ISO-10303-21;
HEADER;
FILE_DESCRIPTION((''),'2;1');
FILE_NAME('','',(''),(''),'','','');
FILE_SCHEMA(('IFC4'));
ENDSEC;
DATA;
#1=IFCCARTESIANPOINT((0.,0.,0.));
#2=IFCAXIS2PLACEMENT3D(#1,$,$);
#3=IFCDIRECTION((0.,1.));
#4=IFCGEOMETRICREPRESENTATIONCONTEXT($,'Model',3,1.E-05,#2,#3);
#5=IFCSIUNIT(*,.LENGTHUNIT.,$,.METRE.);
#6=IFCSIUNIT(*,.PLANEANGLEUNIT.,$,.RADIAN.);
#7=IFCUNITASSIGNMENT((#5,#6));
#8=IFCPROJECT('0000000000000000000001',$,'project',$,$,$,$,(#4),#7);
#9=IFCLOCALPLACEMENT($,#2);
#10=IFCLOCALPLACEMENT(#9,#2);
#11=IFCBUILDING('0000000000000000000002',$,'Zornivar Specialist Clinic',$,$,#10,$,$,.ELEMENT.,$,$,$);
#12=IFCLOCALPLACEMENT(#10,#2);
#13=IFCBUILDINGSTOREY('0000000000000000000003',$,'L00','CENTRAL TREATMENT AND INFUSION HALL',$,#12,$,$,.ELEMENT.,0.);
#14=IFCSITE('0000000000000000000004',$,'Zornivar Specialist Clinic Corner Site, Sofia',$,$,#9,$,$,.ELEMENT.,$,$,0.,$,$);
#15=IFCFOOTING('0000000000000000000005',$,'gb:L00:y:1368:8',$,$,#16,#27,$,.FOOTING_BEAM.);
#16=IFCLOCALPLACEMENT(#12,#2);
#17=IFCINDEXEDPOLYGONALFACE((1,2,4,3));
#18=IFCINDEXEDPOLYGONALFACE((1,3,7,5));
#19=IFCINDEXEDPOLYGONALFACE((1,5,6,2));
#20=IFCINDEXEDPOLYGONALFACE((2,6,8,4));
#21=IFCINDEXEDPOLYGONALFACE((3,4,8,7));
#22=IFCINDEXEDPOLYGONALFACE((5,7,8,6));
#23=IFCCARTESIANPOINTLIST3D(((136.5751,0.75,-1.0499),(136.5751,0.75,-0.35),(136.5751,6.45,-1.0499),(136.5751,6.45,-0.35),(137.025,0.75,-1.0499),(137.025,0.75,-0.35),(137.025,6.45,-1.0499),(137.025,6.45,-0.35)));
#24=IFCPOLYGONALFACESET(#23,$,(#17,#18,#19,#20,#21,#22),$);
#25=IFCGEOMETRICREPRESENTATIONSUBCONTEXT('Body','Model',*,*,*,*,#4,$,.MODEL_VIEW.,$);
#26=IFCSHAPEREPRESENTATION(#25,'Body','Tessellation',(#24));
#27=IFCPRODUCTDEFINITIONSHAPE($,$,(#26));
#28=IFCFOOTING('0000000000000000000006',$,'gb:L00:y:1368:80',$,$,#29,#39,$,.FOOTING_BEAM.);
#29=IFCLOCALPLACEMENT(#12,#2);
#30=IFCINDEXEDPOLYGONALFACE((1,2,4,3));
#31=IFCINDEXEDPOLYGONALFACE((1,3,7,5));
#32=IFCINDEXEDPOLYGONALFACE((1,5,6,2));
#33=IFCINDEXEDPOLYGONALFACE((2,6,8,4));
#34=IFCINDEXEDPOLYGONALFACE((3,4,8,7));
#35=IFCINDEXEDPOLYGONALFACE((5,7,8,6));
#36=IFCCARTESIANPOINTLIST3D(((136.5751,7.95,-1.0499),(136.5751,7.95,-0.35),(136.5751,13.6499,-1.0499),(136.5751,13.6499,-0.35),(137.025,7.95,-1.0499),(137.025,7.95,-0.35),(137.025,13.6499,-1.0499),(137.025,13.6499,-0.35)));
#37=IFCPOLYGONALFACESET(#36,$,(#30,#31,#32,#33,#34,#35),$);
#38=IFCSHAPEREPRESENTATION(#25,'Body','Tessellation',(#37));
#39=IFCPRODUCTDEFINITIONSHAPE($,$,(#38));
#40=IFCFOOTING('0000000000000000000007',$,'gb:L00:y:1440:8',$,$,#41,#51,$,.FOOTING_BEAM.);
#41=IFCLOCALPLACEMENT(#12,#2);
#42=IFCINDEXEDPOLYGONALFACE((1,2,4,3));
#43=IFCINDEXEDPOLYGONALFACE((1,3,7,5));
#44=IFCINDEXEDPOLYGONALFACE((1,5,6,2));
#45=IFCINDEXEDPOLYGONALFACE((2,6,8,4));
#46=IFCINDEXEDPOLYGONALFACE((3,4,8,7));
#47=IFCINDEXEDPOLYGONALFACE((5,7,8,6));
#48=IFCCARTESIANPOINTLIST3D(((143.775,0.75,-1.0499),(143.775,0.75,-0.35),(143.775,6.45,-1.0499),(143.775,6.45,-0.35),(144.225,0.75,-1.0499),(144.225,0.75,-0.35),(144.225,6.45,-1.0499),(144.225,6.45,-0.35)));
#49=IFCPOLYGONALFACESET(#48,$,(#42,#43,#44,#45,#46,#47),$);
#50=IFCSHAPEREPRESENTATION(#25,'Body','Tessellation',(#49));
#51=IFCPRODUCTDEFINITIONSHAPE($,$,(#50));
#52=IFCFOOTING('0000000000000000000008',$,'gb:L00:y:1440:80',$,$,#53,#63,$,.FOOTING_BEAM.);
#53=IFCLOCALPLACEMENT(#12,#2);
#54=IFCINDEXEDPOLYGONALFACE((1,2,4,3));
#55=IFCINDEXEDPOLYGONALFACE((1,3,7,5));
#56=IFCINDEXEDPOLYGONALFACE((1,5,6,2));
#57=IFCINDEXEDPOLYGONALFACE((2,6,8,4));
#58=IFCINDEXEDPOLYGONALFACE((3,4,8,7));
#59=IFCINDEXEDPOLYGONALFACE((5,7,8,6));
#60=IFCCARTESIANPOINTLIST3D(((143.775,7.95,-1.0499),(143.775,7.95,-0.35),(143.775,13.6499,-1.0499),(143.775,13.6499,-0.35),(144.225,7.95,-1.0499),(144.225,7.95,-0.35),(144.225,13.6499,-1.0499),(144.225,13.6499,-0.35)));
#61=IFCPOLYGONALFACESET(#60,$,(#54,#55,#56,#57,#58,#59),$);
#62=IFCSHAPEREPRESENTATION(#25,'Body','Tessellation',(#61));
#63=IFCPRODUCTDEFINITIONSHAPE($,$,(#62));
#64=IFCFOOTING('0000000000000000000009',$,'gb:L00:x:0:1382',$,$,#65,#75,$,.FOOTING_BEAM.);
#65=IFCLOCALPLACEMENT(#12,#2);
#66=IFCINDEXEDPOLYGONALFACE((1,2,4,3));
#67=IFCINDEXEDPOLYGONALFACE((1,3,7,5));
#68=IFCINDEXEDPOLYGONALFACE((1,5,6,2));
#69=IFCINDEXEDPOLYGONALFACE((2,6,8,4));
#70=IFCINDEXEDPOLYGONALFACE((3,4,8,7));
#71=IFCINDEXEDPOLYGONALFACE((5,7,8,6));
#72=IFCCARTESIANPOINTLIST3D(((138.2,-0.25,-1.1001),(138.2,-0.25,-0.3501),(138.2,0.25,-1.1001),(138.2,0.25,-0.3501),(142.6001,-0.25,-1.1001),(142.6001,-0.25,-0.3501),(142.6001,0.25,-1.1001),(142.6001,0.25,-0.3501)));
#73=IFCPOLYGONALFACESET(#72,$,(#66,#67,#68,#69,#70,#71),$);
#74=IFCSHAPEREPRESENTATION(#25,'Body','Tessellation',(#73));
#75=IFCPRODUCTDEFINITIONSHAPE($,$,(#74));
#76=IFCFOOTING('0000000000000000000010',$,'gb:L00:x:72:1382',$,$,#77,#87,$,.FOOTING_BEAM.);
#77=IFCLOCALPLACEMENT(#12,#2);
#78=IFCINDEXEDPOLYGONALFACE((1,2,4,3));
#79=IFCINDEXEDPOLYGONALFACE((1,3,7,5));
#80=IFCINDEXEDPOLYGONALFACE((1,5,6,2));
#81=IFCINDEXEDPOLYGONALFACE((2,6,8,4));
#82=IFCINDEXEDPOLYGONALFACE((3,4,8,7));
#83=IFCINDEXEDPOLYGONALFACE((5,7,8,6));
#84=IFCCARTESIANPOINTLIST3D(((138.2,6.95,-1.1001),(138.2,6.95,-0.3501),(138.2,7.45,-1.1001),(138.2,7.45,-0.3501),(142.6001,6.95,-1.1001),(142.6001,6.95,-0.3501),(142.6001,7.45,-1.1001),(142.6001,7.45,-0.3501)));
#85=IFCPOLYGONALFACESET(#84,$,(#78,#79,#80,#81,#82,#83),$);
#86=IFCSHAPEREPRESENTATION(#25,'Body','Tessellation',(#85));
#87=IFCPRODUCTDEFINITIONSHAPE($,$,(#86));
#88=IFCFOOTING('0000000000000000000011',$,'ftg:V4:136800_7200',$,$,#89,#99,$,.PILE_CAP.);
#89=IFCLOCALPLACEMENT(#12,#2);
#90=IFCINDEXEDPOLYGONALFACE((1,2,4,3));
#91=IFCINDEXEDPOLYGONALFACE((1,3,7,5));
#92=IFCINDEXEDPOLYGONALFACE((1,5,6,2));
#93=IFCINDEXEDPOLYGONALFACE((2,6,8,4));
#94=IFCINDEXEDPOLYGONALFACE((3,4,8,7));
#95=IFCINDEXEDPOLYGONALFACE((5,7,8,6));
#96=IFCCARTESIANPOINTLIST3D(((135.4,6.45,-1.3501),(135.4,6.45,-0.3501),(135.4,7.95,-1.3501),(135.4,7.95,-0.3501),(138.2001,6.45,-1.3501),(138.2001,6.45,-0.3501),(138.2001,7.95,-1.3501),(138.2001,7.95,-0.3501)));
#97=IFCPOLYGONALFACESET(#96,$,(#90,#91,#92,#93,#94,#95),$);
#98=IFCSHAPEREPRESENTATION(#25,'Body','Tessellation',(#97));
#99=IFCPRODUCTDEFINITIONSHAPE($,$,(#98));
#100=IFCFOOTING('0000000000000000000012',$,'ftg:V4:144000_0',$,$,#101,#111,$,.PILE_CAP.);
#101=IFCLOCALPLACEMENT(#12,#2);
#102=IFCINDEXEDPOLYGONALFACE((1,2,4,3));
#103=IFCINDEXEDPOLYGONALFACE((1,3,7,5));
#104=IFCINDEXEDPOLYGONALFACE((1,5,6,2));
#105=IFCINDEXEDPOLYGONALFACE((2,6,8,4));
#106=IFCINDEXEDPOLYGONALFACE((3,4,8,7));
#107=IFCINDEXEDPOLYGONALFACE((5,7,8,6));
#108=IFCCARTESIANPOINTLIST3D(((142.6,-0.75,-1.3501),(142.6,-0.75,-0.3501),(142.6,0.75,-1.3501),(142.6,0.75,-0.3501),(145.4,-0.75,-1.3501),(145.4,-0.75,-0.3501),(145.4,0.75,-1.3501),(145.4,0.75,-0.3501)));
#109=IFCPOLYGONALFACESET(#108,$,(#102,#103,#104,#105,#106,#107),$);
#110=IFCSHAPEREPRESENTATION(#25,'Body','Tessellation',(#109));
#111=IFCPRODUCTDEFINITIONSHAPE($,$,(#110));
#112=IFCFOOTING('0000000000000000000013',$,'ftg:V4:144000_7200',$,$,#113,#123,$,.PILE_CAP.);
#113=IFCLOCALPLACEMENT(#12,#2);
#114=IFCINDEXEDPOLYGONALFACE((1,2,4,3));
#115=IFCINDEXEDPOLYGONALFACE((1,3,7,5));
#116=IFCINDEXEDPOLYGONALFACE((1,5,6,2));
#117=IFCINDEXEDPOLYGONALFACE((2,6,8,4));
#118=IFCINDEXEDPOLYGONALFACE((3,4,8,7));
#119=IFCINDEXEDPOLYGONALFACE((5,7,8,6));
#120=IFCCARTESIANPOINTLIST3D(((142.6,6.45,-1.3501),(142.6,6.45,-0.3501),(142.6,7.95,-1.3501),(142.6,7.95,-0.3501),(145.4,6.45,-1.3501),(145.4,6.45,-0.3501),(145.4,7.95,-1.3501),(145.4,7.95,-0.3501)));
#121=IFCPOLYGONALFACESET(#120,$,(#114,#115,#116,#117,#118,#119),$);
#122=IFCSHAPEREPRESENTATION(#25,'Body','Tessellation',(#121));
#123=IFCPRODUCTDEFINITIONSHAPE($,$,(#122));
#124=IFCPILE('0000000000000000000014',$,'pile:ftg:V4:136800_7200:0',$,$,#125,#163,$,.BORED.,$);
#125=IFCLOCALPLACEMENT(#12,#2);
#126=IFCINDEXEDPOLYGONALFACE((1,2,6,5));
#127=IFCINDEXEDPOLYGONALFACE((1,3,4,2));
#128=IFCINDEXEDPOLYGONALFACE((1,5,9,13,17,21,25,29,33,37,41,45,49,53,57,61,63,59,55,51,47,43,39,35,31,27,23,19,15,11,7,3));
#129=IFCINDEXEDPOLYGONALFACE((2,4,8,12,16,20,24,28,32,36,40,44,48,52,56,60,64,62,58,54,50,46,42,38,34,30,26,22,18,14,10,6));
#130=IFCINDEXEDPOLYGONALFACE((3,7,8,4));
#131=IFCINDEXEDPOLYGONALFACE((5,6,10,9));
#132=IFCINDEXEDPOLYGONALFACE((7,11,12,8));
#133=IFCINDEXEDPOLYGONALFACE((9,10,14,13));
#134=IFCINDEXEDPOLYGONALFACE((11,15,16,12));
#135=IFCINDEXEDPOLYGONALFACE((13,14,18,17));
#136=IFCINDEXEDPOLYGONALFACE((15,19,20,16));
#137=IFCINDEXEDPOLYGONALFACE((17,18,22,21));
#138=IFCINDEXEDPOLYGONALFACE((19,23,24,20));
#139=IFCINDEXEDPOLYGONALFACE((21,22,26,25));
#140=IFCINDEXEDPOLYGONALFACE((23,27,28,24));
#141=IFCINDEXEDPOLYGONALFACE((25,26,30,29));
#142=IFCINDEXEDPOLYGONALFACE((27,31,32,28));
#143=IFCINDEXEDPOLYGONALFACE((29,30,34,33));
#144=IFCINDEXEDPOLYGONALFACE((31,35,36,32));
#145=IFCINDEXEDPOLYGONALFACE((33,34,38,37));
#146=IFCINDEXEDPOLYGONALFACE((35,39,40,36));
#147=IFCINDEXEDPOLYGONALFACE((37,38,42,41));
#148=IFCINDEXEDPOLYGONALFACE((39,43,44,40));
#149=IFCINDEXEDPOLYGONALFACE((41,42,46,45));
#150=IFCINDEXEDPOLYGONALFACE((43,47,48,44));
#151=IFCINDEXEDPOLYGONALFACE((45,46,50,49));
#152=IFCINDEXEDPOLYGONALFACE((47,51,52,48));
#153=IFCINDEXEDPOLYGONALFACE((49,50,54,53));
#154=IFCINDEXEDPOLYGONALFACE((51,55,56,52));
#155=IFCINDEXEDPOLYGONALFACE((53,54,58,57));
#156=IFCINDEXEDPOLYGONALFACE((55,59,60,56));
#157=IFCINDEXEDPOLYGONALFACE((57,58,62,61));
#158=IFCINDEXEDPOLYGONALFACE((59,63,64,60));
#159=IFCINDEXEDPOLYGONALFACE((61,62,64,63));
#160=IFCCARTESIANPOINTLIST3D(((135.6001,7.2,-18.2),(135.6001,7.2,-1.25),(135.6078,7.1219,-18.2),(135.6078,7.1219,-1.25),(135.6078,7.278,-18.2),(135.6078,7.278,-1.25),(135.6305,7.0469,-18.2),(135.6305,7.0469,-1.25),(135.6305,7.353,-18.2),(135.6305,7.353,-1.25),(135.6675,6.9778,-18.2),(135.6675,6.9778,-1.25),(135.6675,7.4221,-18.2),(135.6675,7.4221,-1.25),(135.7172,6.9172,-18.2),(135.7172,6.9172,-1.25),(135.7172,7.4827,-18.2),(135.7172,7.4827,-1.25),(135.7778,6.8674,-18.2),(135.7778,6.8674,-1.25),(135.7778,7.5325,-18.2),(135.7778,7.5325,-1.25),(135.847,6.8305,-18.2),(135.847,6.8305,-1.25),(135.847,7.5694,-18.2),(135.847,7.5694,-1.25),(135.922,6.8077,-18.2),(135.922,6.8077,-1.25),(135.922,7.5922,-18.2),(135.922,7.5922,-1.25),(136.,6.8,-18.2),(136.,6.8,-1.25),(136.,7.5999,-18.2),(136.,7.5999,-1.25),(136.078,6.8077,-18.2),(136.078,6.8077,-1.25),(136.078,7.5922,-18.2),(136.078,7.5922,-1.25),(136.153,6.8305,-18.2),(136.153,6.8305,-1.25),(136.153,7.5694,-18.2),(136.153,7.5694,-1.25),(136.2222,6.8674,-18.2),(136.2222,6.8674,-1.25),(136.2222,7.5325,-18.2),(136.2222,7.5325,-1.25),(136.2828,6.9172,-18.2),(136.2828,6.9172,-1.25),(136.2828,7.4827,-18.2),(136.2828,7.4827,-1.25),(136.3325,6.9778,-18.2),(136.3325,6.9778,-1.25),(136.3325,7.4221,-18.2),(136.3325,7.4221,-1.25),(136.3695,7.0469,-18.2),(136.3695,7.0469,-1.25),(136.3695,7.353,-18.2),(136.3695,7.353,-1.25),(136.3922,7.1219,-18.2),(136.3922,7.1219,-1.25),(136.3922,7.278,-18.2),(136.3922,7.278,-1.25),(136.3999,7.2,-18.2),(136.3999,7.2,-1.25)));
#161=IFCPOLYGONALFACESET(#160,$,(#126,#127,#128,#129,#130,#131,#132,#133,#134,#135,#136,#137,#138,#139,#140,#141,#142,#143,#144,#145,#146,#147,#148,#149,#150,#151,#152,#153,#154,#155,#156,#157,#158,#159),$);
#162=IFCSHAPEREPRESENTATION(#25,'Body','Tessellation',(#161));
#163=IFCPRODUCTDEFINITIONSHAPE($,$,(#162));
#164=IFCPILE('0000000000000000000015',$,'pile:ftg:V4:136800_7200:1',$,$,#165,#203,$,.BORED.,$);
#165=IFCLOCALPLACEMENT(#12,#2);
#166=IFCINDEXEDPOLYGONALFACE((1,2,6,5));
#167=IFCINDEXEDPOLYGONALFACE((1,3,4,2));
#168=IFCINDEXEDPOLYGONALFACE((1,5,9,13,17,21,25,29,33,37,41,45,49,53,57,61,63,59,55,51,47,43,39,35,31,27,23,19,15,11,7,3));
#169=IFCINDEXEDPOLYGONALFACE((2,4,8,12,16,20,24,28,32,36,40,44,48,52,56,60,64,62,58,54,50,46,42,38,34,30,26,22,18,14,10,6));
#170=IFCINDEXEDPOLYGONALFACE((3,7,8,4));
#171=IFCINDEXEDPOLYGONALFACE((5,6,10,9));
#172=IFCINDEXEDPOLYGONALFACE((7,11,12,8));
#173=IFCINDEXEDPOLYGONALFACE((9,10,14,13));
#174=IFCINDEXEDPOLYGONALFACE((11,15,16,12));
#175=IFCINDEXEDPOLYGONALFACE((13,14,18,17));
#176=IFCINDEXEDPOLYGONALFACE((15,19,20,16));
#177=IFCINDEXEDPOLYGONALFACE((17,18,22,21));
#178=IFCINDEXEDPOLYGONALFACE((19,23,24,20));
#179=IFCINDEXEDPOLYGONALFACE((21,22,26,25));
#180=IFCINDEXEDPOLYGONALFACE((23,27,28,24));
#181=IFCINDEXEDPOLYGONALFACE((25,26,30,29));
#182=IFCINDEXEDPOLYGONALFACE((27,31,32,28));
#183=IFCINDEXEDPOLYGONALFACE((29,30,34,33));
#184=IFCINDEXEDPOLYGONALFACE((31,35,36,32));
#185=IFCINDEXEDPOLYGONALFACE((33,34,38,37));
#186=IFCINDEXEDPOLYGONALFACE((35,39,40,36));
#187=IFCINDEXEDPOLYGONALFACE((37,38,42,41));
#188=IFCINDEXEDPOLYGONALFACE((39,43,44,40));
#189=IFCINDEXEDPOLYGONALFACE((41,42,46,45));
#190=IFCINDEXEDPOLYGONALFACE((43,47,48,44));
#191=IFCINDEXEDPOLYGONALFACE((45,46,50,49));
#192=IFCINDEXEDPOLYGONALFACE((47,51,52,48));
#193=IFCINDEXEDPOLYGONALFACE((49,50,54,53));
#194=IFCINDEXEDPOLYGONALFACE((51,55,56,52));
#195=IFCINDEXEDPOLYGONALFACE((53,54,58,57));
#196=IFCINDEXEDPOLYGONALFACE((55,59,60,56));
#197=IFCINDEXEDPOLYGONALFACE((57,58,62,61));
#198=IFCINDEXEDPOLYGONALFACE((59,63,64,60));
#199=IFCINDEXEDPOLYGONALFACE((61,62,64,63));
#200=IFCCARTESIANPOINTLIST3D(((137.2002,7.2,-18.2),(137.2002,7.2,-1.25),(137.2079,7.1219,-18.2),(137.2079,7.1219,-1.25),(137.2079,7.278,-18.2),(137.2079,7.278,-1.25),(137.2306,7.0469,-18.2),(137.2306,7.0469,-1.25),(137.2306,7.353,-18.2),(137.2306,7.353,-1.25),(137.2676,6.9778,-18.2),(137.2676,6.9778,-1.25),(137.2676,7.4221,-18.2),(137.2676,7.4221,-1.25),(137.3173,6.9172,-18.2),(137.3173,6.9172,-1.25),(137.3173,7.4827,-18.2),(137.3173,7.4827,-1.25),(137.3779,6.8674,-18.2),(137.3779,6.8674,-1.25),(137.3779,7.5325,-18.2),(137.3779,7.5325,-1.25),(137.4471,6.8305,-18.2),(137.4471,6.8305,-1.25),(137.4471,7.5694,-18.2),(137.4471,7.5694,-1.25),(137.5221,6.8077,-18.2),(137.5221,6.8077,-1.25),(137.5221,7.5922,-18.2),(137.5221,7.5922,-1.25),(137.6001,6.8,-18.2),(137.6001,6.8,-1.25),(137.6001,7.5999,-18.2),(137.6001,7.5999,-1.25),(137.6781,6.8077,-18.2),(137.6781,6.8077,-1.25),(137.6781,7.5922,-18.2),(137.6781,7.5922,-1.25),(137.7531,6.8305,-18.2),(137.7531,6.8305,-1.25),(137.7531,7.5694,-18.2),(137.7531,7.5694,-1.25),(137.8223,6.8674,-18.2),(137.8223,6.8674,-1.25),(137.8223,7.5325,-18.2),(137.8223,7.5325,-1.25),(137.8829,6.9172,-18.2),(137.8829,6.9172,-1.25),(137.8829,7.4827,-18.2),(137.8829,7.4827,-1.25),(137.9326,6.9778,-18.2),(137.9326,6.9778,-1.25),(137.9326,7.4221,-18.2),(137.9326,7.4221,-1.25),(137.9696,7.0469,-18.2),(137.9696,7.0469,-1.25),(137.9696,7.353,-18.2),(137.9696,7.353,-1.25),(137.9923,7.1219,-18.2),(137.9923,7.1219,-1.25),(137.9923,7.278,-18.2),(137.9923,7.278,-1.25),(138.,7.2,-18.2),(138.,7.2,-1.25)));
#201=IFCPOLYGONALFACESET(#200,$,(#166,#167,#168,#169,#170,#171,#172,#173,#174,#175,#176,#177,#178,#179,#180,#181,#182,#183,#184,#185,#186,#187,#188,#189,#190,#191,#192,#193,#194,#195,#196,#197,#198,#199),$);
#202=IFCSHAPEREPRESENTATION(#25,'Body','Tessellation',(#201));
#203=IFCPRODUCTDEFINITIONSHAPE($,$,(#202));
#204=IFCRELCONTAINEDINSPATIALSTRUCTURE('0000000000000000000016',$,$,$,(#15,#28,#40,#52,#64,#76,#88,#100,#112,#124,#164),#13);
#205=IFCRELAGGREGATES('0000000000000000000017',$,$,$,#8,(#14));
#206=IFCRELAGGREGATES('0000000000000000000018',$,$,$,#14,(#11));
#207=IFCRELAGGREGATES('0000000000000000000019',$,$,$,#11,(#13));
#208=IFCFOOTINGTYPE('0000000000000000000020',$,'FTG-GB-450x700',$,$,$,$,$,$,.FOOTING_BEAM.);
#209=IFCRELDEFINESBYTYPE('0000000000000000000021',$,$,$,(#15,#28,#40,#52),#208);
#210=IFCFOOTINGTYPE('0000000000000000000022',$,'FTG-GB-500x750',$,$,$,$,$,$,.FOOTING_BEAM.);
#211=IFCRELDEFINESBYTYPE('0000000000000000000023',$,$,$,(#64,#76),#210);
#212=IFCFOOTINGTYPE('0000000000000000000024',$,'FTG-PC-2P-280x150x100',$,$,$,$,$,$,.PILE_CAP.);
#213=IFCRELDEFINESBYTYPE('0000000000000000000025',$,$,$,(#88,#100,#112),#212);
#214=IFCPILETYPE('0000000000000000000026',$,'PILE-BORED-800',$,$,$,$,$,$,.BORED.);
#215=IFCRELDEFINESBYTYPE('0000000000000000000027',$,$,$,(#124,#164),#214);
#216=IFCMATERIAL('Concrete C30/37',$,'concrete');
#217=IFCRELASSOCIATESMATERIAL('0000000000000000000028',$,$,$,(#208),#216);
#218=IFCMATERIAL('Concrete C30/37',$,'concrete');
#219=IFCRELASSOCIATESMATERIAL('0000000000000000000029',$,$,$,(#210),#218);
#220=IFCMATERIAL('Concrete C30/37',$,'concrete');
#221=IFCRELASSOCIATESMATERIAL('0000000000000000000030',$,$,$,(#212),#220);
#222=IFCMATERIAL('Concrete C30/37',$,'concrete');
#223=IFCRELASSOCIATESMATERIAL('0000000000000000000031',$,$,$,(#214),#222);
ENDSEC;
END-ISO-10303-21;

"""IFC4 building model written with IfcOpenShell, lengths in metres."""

from ifc_helpers import new_model, si_unit, direction, frame, origin, origin_2d, place, context, subcontext, project, spatial, rectangle, circle, extrude, material, material_profile, profile_set, type_object, element, save


model = new_model("IFC4")

# Units and contexts
model_context = context("Model", 3, precision=1e-05, world=origin(), true_north=direction((0.0, 1.0)))
body_context = subcontext(model_context, "Body", "Model", "MODEL_VIEW")
ifc_project = project(units=[si_unit("LENGTHUNIT", "METRE"), si_unit("PLANEANGLEUNIT", "RADIAN")], contexts=[model_context])

# Site, building, storey
site_placement = place(None, origin())
site = spatial("IfcSite", under=ifc_project, at=site_placement, Name="Zornivar Specialist Clinic Corner Site, Sofia", CompositionType="ELEMENT", RefElevation=0.0)
building_placement = place(site_placement, origin())
building = spatial("IfcBuilding", under=site, at=building_placement, Name="Zornivar Specialist Clinic", CompositionType="ELEMENT")
storey_placement = place(building_placement, origin())
storey = spatial("IfcBuildingStorey", under=building, at=storey_placement, Name="L00", Description="CENTRAL TREATMENT AND INFUSION HALL", CompositionType="ELEMENT", Elevation=0.0)

# Footings
ifc_material_1 = material(Name="Concrete C30/37", Category="concrete")
ifc_material_profile_1 = material_profile(ifc_material_1, rectangle(XDim=0.45, YDim=0.7, at=origin_2d()), Name="RC 450x700")
ifc_profile_set_1 = profile_set([ifc_material_profile_1], Name="Concrete C30/37")
footing_type_1 = type_object("IfcFootingType", Name="FTG-GB-450x700", PredefinedType="FOOTING_BEAM", material=ifc_profile_set_1)
for number, where, z_axis, x_axis, name in (
    (1, (136.8, 0.75, -0.7), (0.0, 1.0, 0.0), (-1.0, 0.0, 0.0), "gb:L00:y:1368:8"),
    (2, (136.8, 7.95, -0.7), (0.0, 1.0, 0.0), (-1.0, 0.0, 0.0), "gb:L00:y:1368:80"),
    (3, (144.0, 0.75, -0.7), (0.0, 1.0, 0.0), (-1.0, 0.0, 0.0), "gb:L00:y:1440:8"),
    (4, (144.0, 7.95, -0.7), (0.0, 1.0, 0.0), (-1.0, 0.0, 0.0), "gb:L00:y:1440:80"),
):
    element("IfcFooting", number, at=place(storey_placement, frame(where, z_axis=z_axis, x_axis=x_axis)), inside=storey, type_object=footing_type_1, Name=name, PredefinedType="FOOTING_BEAM", context=body_context, shape_type="SweptSolid", body=[
        extrude(rectangle(XDim=0.45, YDim=0.7, at=origin_2d()), origin(), (0.0, 0.0, 1.0), 5.7),
    ])
ifc_material_2 = material(Name="Concrete C30/37", Category="concrete")
ifc_material_profile_2 = material_profile(ifc_material_2, rectangle(XDim=0.5, YDim=0.75, at=origin_2d()), Name="RC 500x750")
ifc_profile_set_2 = profile_set([ifc_material_profile_2], Name="Concrete C30/37")
footing_type_2 = type_object("IfcFootingType", Name="FTG-GB-500x750", PredefinedType="FOOTING_BEAM", material=ifc_profile_set_2)
for number, where, z_axis, x_axis, name in (
    (5, (138.2, 0.0, -0.7251), (1.0, 0.0, 0.0), (0.0, 1.0, 0.0), "gb:L00:x:0:1382"),
    (6, (138.2, 7.2, -0.7251), (1.0, 0.0, 0.0), (0.0, 1.0, 0.0), "gb:L00:x:72:1382"),
):
    element("IfcFooting", number, at=place(storey_placement, frame(where, z_axis=z_axis, x_axis=x_axis)), inside=storey, type_object=footing_type_2, Name=name, PredefinedType="FOOTING_BEAM", context=body_context, shape_type="SweptSolid", body=[
        extrude(rectangle(XDim=0.5, YDim=0.75, at=origin_2d()), origin(), (0.0, 0.0, 1.0), 4.4001),
    ])
ifc_material_3 = material(Name="Concrete C30/37", Category="concrete")
footing_type_3 = type_object("IfcFootingType", Name="FTG-PC-2P-280x150x100", PredefinedType="PILE_CAP", material=ifc_material_3)
for number, where, z_axis, x_axis, name in (
    (7, (136.8, 7.2, -1.3501), (0.0, 0.0, 1.0), (1.0, 0.0, 0.0), "ftg:V4:136800_7200"),
    (8, (144.0, 0.0, -1.3501), (0.0, 0.0, 1.0), (1.0, 0.0, 0.0), "ftg:V4:144000_0"),
    (9, (144.0, 7.2, -1.3501), (0.0, 0.0, 1.0), (1.0, 0.0, 0.0), "ftg:V4:144000_7200"),
):
    element("IfcFooting", number, at=place(storey_placement, frame(where, z_axis=z_axis, x_axis=x_axis)), inside=storey, type_object=footing_type_3, Name=name, PredefinedType="PILE_CAP", context=body_context, shape_type="SweptSolid", body=[
        extrude(rectangle(XDim=2.8, YDim=1.5, at=origin_2d()), origin(), (0.0, 0.0, 1.0), 1.0),
    ])

# Piles
ifc_material_4 = material(Name="Concrete C30/37", Category="concrete")
ifc_material_profile_3 = material_profile(ifc_material_4, circle(Radius=0.3999, at=origin_2d()), Name="PILE D800")
ifc_profile_set_3 = profile_set([ifc_material_profile_3], Name="Concrete C30/37")
pile_type = type_object("IfcPileType", Name="PILE-BORED-800", PredefinedType="BORED", material=ifc_profile_set_3)
for number, where, z_axis, x_axis, name in (
    (10, (136.0, 7.2, -1.25), (0.0, 0.0, -1.0), (1.0, 0.0, 0.0), "pile:ftg:V4:136800_7200:0"),
    (11, (137.6001, 7.2, -1.25), (0.0, 0.0, -1.0), (1.0, 0.0, 0.0), "pile:ftg:V4:136800_7200:1"),
):
    element("IfcPile", number, at=place(storey_placement, frame(where, z_axis=z_axis, x_axis=x_axis)), inside=storey, type_object=pile_type, Name=name, PredefinedType="BORED", context=body_context, shape_type="SweptSolid", body=[
        extrude(circle(Radius=0.3999, at=origin_2d()), origin(), (0.0, 0.0, 1.0), 16.95),
    ])

save(model, "model.ifc")
